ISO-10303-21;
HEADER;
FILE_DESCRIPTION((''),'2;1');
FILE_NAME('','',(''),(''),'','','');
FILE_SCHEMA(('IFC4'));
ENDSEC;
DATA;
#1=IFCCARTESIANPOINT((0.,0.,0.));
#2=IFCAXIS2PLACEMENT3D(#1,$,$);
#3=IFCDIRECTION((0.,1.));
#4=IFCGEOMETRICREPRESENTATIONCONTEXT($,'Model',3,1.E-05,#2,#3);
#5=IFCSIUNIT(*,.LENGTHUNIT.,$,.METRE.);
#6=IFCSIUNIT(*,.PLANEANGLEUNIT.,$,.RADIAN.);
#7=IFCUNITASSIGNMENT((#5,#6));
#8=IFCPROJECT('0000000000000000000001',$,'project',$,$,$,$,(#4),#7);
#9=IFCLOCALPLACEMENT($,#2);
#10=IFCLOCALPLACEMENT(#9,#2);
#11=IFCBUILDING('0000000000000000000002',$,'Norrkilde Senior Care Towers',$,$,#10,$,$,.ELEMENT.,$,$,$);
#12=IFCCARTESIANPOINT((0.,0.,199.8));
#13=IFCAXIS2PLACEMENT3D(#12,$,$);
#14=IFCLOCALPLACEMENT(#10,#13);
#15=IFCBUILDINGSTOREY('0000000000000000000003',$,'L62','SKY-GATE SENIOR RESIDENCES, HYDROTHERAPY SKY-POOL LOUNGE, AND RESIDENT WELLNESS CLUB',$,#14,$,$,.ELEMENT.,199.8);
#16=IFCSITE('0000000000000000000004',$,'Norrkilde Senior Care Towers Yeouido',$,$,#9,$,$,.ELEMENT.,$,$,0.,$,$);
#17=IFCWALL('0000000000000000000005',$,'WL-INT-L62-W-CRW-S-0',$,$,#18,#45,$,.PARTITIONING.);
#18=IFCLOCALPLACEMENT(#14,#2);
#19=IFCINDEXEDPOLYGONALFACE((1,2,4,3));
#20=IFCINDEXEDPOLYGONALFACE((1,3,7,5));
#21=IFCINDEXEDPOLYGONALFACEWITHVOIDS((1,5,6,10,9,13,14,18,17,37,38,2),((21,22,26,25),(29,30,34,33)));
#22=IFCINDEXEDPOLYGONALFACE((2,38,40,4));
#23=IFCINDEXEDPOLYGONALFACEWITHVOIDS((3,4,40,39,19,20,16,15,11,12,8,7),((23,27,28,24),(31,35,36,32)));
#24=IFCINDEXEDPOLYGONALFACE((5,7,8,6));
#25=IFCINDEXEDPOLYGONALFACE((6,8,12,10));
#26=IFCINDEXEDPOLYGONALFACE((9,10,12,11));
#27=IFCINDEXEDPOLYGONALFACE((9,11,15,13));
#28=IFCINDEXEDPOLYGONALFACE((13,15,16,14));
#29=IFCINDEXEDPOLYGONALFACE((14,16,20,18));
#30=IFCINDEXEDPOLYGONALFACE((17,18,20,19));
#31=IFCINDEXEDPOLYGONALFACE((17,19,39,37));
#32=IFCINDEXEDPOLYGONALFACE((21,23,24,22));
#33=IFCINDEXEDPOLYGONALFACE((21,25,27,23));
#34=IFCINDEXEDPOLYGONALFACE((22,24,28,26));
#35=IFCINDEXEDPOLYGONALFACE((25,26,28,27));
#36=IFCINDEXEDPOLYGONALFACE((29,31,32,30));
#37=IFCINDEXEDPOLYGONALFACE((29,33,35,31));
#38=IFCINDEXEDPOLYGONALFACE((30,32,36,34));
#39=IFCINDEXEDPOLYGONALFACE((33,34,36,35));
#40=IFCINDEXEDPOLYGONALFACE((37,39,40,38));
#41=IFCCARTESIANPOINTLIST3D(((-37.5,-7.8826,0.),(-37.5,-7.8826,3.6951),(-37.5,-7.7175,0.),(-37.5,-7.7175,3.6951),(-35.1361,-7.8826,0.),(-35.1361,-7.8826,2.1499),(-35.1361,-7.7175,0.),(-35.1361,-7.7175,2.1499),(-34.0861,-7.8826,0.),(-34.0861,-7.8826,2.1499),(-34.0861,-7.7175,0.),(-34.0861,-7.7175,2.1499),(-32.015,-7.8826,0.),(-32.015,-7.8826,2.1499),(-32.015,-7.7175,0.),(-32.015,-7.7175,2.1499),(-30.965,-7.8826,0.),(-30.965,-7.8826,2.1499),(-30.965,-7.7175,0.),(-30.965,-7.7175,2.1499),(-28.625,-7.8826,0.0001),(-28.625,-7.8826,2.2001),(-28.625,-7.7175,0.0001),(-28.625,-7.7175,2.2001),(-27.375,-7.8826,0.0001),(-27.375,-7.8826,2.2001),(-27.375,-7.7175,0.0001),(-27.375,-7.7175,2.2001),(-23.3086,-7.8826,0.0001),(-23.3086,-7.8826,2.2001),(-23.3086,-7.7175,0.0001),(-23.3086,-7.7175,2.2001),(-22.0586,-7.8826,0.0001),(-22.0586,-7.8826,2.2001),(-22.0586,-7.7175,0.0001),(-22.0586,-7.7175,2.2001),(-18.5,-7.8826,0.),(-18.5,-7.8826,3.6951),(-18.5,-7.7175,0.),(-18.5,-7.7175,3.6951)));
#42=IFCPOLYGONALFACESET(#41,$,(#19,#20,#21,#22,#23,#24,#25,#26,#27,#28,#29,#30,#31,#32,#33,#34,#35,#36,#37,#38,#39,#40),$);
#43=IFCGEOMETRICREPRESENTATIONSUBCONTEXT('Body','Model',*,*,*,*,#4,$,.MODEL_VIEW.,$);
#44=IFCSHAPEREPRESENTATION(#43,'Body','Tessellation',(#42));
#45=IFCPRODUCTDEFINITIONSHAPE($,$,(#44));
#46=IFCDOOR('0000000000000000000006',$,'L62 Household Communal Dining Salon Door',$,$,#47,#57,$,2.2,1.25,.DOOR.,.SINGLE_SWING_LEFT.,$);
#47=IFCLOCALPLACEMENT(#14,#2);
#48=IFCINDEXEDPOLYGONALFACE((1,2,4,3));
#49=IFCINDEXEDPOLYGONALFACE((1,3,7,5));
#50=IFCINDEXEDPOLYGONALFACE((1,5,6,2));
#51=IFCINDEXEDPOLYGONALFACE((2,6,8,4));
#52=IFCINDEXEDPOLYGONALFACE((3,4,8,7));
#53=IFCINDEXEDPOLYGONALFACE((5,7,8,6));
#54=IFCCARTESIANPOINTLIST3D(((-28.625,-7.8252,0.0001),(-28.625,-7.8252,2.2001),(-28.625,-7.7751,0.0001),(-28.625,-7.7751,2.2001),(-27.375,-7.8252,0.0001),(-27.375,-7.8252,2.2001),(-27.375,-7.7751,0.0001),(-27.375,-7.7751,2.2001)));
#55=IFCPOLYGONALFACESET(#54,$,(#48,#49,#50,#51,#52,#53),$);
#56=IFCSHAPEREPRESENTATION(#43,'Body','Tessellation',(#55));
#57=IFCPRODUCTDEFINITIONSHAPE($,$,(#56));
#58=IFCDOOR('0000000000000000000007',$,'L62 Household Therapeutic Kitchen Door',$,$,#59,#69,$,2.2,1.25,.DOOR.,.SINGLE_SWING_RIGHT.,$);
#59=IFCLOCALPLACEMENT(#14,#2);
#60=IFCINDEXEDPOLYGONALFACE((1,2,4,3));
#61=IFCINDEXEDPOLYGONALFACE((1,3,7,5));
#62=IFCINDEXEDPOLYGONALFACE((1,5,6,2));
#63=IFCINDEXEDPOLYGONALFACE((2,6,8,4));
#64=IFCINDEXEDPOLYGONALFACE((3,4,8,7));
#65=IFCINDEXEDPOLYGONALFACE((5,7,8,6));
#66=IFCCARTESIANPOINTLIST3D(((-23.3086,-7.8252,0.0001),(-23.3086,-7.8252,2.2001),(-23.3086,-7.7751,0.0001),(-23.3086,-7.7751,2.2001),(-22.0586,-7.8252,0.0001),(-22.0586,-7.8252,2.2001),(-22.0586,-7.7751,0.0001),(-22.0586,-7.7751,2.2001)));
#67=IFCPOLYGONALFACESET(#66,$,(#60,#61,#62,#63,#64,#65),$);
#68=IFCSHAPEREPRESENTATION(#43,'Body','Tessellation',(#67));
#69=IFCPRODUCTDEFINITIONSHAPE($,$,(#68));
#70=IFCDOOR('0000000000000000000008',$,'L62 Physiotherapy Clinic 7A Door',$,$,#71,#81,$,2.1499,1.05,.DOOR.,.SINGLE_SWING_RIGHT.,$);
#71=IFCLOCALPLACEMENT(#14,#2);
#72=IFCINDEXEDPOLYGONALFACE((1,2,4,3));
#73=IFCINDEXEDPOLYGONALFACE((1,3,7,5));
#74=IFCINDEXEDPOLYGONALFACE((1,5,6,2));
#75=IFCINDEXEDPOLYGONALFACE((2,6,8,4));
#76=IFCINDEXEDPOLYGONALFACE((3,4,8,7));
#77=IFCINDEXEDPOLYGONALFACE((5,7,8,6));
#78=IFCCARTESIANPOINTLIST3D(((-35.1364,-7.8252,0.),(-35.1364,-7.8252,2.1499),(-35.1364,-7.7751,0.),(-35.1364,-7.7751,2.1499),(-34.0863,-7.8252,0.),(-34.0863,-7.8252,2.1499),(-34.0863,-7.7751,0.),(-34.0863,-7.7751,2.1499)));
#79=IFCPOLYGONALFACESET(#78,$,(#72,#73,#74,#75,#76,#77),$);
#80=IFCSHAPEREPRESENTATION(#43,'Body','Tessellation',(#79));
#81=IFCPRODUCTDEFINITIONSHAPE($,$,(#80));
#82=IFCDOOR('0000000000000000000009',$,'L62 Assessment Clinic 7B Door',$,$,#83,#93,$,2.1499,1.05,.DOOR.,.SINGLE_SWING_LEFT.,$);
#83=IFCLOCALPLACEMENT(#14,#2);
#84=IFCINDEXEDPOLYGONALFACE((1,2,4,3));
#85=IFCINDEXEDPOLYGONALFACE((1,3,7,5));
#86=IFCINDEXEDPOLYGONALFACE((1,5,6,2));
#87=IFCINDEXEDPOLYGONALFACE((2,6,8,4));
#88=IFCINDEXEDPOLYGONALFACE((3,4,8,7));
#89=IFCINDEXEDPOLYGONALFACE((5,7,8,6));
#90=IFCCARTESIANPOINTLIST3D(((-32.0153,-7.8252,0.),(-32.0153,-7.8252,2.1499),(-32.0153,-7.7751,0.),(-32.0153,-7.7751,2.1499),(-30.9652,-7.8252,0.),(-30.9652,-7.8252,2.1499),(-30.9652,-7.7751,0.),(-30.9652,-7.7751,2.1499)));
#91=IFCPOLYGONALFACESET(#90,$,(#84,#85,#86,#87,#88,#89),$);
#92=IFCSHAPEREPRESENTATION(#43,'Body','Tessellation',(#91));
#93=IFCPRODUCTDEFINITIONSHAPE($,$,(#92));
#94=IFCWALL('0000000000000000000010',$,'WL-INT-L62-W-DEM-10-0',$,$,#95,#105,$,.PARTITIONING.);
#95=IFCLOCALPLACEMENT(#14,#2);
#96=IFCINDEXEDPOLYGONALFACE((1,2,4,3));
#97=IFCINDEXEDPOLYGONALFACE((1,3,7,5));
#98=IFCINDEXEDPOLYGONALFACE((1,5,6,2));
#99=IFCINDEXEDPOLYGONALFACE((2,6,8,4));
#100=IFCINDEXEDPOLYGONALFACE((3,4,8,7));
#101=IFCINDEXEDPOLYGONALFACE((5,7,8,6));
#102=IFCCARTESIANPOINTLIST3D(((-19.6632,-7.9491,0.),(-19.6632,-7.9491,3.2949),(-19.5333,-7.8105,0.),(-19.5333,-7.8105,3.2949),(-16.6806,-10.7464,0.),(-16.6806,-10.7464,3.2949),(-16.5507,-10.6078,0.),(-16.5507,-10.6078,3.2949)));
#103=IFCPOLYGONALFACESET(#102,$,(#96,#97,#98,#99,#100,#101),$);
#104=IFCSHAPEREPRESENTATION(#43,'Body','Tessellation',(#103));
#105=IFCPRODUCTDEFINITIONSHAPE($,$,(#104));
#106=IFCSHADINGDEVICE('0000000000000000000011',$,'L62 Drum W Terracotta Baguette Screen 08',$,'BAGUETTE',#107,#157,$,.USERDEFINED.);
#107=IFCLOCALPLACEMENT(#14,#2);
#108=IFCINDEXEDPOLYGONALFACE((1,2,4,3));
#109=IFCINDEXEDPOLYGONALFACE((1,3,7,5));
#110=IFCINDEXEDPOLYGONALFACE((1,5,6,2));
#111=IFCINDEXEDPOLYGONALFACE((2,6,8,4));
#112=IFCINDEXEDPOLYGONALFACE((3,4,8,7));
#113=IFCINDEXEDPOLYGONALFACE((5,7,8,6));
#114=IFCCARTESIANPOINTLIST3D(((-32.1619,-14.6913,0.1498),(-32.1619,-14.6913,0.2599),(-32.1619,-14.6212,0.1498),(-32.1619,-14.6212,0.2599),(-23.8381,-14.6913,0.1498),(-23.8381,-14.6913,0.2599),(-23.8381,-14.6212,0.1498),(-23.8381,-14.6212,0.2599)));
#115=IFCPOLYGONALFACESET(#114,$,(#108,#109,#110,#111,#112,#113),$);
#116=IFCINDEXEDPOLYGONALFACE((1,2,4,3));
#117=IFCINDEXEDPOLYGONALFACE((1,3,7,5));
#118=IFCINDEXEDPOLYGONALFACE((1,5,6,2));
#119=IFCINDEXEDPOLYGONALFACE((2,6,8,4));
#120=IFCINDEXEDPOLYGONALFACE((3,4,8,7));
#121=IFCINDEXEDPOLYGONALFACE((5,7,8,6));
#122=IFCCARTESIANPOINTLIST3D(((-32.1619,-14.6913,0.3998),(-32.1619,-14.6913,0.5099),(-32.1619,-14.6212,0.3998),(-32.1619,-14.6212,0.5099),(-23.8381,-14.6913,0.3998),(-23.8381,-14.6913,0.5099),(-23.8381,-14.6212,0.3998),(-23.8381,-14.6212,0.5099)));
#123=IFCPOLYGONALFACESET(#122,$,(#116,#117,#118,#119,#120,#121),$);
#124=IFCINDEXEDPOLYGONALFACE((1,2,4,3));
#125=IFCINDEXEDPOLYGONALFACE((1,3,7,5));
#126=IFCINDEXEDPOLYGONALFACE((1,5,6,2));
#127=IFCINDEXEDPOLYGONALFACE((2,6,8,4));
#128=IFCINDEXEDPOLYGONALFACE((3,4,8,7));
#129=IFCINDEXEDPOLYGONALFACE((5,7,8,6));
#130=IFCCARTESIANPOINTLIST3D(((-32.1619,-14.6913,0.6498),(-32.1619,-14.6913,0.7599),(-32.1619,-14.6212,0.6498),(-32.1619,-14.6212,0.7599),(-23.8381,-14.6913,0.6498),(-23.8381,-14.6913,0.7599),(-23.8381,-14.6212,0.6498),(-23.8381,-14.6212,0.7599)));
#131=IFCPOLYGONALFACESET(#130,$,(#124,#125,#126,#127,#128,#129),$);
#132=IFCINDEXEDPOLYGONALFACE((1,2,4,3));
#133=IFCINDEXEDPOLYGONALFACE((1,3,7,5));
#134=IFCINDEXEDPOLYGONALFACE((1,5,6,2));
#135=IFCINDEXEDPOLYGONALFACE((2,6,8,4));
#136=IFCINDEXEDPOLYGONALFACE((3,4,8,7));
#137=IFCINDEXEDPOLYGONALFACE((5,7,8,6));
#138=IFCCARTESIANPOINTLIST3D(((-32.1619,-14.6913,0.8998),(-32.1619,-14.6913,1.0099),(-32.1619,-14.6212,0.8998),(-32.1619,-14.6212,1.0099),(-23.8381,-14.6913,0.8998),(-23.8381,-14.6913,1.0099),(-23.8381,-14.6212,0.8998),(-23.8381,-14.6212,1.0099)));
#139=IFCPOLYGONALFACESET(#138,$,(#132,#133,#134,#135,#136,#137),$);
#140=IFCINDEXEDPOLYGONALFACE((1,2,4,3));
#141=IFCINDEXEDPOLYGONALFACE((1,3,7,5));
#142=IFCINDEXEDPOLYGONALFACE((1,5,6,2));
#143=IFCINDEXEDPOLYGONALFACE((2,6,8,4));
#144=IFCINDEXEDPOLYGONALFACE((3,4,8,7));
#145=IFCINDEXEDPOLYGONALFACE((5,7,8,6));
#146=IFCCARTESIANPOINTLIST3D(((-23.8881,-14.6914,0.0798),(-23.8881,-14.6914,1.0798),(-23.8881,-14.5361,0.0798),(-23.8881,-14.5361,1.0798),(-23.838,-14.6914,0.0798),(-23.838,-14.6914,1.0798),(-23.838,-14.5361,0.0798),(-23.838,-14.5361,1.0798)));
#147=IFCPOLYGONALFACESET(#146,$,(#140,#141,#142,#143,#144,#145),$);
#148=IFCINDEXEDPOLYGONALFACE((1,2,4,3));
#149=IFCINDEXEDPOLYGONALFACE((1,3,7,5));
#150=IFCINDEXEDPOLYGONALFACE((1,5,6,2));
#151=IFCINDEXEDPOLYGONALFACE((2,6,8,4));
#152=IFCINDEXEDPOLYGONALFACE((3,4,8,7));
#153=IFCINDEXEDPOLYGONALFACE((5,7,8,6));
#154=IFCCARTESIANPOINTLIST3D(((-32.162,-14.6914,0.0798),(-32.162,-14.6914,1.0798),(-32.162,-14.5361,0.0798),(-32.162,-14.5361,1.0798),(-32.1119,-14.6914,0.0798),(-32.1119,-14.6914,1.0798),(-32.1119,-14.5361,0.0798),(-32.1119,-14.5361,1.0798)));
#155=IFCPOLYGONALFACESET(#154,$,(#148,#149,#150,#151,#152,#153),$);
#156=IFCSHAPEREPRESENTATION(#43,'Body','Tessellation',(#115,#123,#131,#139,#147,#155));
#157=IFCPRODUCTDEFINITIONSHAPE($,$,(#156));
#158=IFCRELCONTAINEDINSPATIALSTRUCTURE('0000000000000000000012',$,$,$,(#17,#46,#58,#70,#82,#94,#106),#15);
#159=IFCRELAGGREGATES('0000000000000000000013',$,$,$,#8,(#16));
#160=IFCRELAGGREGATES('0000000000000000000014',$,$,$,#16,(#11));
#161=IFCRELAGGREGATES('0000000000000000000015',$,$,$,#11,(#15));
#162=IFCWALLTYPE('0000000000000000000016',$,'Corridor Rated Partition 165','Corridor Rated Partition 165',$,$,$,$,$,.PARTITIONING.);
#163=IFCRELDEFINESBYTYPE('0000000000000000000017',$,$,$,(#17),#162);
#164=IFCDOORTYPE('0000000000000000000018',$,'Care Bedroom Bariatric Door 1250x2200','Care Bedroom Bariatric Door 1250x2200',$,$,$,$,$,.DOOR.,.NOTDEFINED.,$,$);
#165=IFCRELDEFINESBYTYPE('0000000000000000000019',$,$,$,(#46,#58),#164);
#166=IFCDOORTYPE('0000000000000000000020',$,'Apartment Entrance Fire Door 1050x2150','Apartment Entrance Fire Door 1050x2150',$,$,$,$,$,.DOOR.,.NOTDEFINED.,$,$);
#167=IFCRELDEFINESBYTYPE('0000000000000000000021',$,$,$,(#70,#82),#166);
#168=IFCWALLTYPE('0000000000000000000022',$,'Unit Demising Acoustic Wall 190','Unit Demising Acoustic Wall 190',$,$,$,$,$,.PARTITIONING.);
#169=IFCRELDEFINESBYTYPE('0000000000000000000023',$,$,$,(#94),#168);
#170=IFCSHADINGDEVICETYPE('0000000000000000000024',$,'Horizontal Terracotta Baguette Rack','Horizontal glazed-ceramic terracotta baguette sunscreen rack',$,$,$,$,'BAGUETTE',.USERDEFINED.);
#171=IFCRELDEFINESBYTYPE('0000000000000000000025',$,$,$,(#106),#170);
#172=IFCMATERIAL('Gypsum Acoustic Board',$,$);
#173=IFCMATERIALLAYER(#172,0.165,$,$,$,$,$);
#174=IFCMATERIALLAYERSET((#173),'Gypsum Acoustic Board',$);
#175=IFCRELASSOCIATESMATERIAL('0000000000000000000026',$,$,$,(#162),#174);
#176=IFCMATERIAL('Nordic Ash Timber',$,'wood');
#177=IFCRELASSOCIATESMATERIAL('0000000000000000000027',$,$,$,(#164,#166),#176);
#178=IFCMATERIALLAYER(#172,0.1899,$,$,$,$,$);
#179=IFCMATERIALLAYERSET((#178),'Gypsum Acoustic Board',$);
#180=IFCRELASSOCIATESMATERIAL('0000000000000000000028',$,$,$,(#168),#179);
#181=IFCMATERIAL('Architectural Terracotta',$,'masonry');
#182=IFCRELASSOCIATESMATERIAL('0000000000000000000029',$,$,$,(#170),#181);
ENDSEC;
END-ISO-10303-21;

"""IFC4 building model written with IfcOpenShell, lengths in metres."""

from ifc_helpers import new_model, si_unit, direction, frame, frame_2d, origin, origin_2d, place, context, subcontext, project, spatial, rectangle, extrude, source, transform, mapped, material, layer, layer_set, type_object, type_shapes, element, fill, save


model = new_model("IFC4")

# Units and contexts
model_context = context("Model", 3, precision=1e-05, world=origin(), true_north=direction((0.0, 1.0)))
body_context = subcontext(model_context, "Body", "Model", "MODEL_VIEW")
ifc_project = project(units=[si_unit("LENGTHUNIT", "METRE"), si_unit("PLANEANGLEUNIT", "RADIAN")], contexts=[model_context])

# Site, building, storey
site_placement = place(None, origin())
site = spatial("IfcSite", under=ifc_project, at=site_placement, Name="Norrkilde Senior Care Towers Yeouido", CompositionType="ELEMENT", RefElevation=0.0)
building_placement = place(site_placement, origin())
building = spatial("IfcBuilding", under=site, at=building_placement, Name="Norrkilde Senior Care Towers", CompositionType="ELEMENT")
storey_placement = place(building_placement, frame((0.0, 0.0, 199.8)))
storey = spatial("IfcBuildingStorey", under=building, at=storey_placement, Name="L62", Description="SKY-GATE SENIOR RESIDENCES, HYDROTHERAPY SKY-POOL LOUNGE, AND RESIDENT WELLNESS CLUB", CompositionType="ELEMENT", Elevation=199.8)

# Shared definitions
ifc_material_1 = material(Name="Gypsum Acoustic Board")
ifc_layer_1 = layer(ifc_material_1, 0.165)
ifc_layer_set_1 = layer_set([ifc_layer_1], Name="Gypsum Acoustic Board")
wall_type_1 = type_object("IfcWallType", Name="Corridor Rated Partition 165", Description="Corridor Rated Partition 165", PredefinedType="PARTITIONING", material=ifc_layer_set_1)

# Wall, openings, doors
shared_shape_1 = source(origin(), body_context, "Body", "SweptSolid", [
    extrude(rectangle(XDim=19.0, YDim=0.165, at=frame_2d((9.5, 0.0))), origin(), (0.0, 0.0, 1.0), 3.6951),
])
wall_1_placement = place(storey_placement, frame((-18.5, -7.8, 0.0), z_axis=(0.0, 0.0, 1.0), x_axis=(-1.0, 0.0, 0.0)))
wall_1 = element("IfcWall", 1, at=wall_1_placement, inside=storey, type_object=wall_type_1, Name="WL-INT-L62-W-CRW-S-0", PredefinedType="PARTITIONING", context=body_context, shape_type="MappedRepresentation", body=[
    mapped(shared_shape_1, transform((0.0, 0.0, 0.0), x_axis=(1.0, 0.0, 0.0), y_axis=(0.0, 1.0, 0.0), z_axis=(0.0, 0.0, 1.0), scale=1.0)),
])
opening_1_placement = place(wall_1_placement, frame((15.5862, 0.0, 0.0)))
opening_1 = element("IfcOpeningElement", 2, at=opening_1_placement, cuts=wall_1, PredefinedType="OPENING", context=body_context, shape_type="SweptSolid", body=[
    extrude(rectangle(XDim=1.05, YDim=2.1499, at=frame_2d((0.5249, 1.075))), frame((0.0, 0.0925, 0.0), z_axis=(0.0, -1.0, 0.0), x_axis=(1.0, 0.0, 0.0)), (0.0, 0.0, 1.0), 0.1851),
])
opening_2_placement = place(wall_1_placement, frame((12.4651, 0.0, 0.0)))
opening_2 = element("IfcOpeningElement", 3, at=opening_2_placement, cuts=wall_1, PredefinedType="OPENING", context=body_context, shape_type="SweptSolid", body=[
    extrude(rectangle(XDim=1.05, YDim=2.1499, at=frame_2d((0.5249, 1.075))), frame((0.0, 0.0925, 0.0), z_axis=(0.0, -1.0, 0.0), x_axis=(1.0, 0.0, 0.0)), (0.0, 0.0, 1.0), 0.1851),
])
opening_3_placement = place(wall_1_placement, frame((8.875, 0.0, 0.0)))
opening_3 = element("IfcOpeningElement", 4, at=opening_3_placement, cuts=wall_1, PredefinedType="OPENING", context=body_context, shape_type="SweptSolid", body=[
    extrude(rectangle(XDim=1.25, YDim=2.2, at=frame_2d((0.625, 1.1001))), frame((0.0, 0.0925, 0.0), z_axis=(0.0, -1.0, 0.0), x_axis=(1.0, 0.0, 0.0)), (0.0, 0.0, 1.0), 0.1851),
])
opening_4_placement = place(wall_1_placement, frame((3.5586, 0.0, 0.0)))
opening_4 = element("IfcOpeningElement", 5, at=opening_4_placement, cuts=wall_1, PredefinedType="OPENING", context=body_context, shape_type="SweptSolid", body=[
    extrude(rectangle(XDim=1.25, YDim=2.2, at=frame_2d((0.625, 1.1001))), frame((0.0, 0.0925, 0.0), z_axis=(0.0, -1.0, 0.0), x_axis=(1.0, 0.0, 0.0)), (0.0, 0.0, 1.0), 0.1851),
])
ifc_material_2 = material(Name="Nordic Ash Timber", Category="wood")
door_type_1 = type_object("IfcDoorType", Name="Care Bedroom Bariatric Door 1250x2200", Description="Care Bedroom Bariatric Door 1250x2200", OperationType="NOTDEFINED", PredefinedType="DOOR", material=ifc_material_2)
shared_shape_2 = source(origin(), body_context, "Body", "SweptSolid", [
    extrude(rectangle(XDim=1.25, YDim=2.2, at=frame_2d((0.625, 1.1001))), frame((0.0, 0.0249, 0.0), z_axis=(0.0, -1.0, 0.0), x_axis=(1.0, 0.0, 0.0)), (0.0, 0.0, 1.0), 0.05),
])
type_shapes(door_type_1, [shared_shape_2])
door_1_placement = place(opening_3_placement, frame((1.25, 0.0, 0.0), z_axis=(0.0, 0.0, 1.0), x_axis=(-1.0, 0.0, 0.0)))
door_1 = element("IfcDoor", 6, at=door_1_placement, inside=storey, type_object=door_type_1, Name="L62 Household Communal Dining Salon Door", OperationType="SINGLE_SWING_LEFT", OverallHeight=2.2, OverallWidth=1.25, PredefinedType="DOOR", context=body_context, shape_type="MappedRepresentation", body=[
    mapped(shared_shape_2, transform((0.0, 0.0, 0.0), x_axis=(1.0, 0.0, 0.0), y_axis=(0.0, 1.0, 0.0), z_axis=(0.0, 0.0, 1.0), scale=1.0)),
])
fill(opening_3, door_1)
door_2_placement = place(opening_4_placement, frame((1.25, 0.0, 0.0), z_axis=(0.0, 0.0, 1.0), x_axis=(-1.0, 0.0, 0.0)))
door_2 = element("IfcDoor", 7, at=door_2_placement, inside=storey, type_object=door_type_1, Name="L62 Household Therapeutic Kitchen Door", OperationType="SINGLE_SWING_RIGHT", OverallHeight=2.2, OverallWidth=1.25, PredefinedType="DOOR", context=body_context, shape_type="MappedRepresentation", body=[
    mapped(shared_shape_2, transform((0.0, 0.0, 0.0), x_axis=(1.0, 0.0, 0.0), y_axis=(0.0, 1.0, 0.0), z_axis=(0.0, 0.0, 1.0), scale=1.0)),
])
fill(opening_4, door_2)
door_type_2 = type_object("IfcDoorType", Name="Apartment Entrance Fire Door 1050x2150", Description="Apartment Entrance Fire Door 1050x2150", OperationType="NOTDEFINED", PredefinedType="DOOR", material=ifc_material_2)
shared_shape_3 = source(origin(), body_context, "Body", "SweptSolid", [
    extrude(rectangle(XDim=1.05, YDim=2.1499, at=frame_2d((0.5249, 1.075))), frame((0.0, 0.0249, 0.0), z_axis=(0.0, -1.0, 0.0), x_axis=(1.0, 0.0, 0.0)), (0.0, 0.0, 1.0), 0.05),
])
type_shapes(door_type_2, [shared_shape_3])
door_3_placement = place(opening_1_placement, frame((1.05, 0.0, 0.0), z_axis=(0.0, 0.0, 1.0), x_axis=(-1.0, 0.0, 0.0)))
door_3 = element("IfcDoor", 8, at=door_3_placement, inside=storey, type_object=door_type_2, Name="L62 Physiotherapy Clinic 7A Door", OperationType="SINGLE_SWING_RIGHT", OverallHeight=2.1499, OverallWidth=1.05, PredefinedType="DOOR", context=body_context, shape_type="MappedRepresentation", body=[
    mapped(shared_shape_3, transform((0.0, 0.0, 0.0), x_axis=(1.0, 0.0, 0.0), y_axis=(0.0, 1.0, 0.0), z_axis=(0.0, 0.0, 1.0), scale=1.0)),
])
fill(opening_1, door_3)
door_4_placement = place(opening_2_placement, frame((1.05, 0.0, 0.0), z_axis=(0.0, 0.0, 1.0), x_axis=(-1.0, 0.0, 0.0)))
door_4 = element("IfcDoor", 9, at=door_4_placement, inside=storey, type_object=door_type_2, Name="L62 Assessment Clinic 7B Door", OperationType="SINGLE_SWING_LEFT", OverallHeight=2.1499, OverallWidth=1.05, PredefinedType="DOOR", context=body_context, shape_type="MappedRepresentation", body=[
    mapped(shared_shape_3, transform((0.0, 0.0, 0.0), x_axis=(1.0, 0.0, 0.0), y_axis=(0.0, 1.0, 0.0), z_axis=(0.0, 0.0, 1.0), scale=1.0)),
])
fill(opening_2, door_4)

# Wall
ifc_layer_2 = layer(ifc_material_1, 0.1899)
ifc_layer_set_2 = layer_set([ifc_layer_2], Name="Gypsum Acoustic Board")
wall_type_2 = type_object("IfcWallType", Name="Unit Demising Acoustic Wall 190", Description="Unit Demising Acoustic Wall 190", PredefinedType="PARTITIONING", material=ifc_layer_set_2)
shared_shape_4 = source(origin(), body_context, "Body", "SweptSolid", [
    extrude(rectangle(XDim=4.0891, YDim=0.1899, at=frame_2d((2.0444, 0.0))), origin(), (0.0, 0.0, 1.0), 3.2949),
])
type_shapes(wall_type_2, [shared_shape_4])
wall_2_placement = place(storey_placement, frame((-19.5981, -7.8799, 0.0), z_axis=(0.0, 0.0, 1.0), x_axis=(0.729401, -0.684086, 0.0)))
element("IfcWall", 10, at=wall_2_placement, inside=storey, type_object=wall_type_2, Name="WL-INT-L62-W-DEM-10-0", PredefinedType="PARTITIONING", context=body_context, shape_type="MappedRepresentation", body=[
    mapped(shared_shape_4, transform((0.0, 0.0, 0.0), x_axis=(1.0, 0.0, 0.0), y_axis=(0.0, 1.0, 0.0), z_axis=(0.0, 0.0, 1.0), scale=1.0)),
])

# Shading device
ifc_material_3 = material(Name="Architectural Terracotta", Category="masonry")
shading_device_type = type_object("IfcShadingDeviceType", Name="Horizontal Terracotta Baguette Rack", Description="Horizontal glazed-ceramic terracotta baguette sunscreen rack", ElementType="BAGUETTE", PredefinedType="USERDEFINED", material=ifc_material_3)
shared_shape_5 = source(origin(), body_context, "Body", "SweptSolid", [
    extrude(rectangle(XDim=0.0701, YDim=0.1101, at=origin_2d()), frame((0.0, 0.0901, 0.125), z_axis=(1.0, 0.0, 0.0), x_axis=(0.0, 1.0, 0.0)), (0.0, 0.0, 1.0), 8.3237),
    extrude(rectangle(XDim=0.0701, YDim=0.1101, at=origin_2d()), frame((0.0, 0.0901, 0.375), z_axis=(1.0, 0.0, 0.0), x_axis=(0.0, 1.0, 0.0)), (0.0, 0.0, 1.0), 8.3237),
    extrude(rectangle(XDim=0.0701, YDim=0.1101, at=origin_2d()), frame((0.0, 0.0901, 0.625), z_axis=(1.0, 0.0, 0.0), x_axis=(0.0, 1.0, 0.0)), (0.0, 0.0, 1.0), 8.3237),
    extrude(rectangle(XDim=0.0701, YDim=0.1101, at=origin_2d()), frame((0.0, 0.0901, 0.875), z_axis=(1.0, 0.0, 0.0), x_axis=(0.0, 1.0, 0.0)), (0.0, 0.0, 1.0), 8.3237),
    extrude(rectangle(XDim=0.05, YDim=0.1553, at=origin_2d()), frame((0.0249, 0.0476, 0.0)), (0.0, 0.0, 1.0), 1.0),
    extrude(rectangle(XDim=0.05, YDim=0.1553, at=origin_2d()), frame((8.2988, 0.0476, 0.0)), (0.0, 0.0, 1.0), 1.0),
])
type_shapes(shading_device_type, [shared_shape_5])
shading_device_placement = place(storey_placement, frame((-23.8381, -14.5662, 0.0798), z_axis=(0.0, 0.0, 1.0), x_axis=(-1.0, 0.0, 0.0)))
element("IfcShadingDevice", 11, at=shading_device_placement, inside=storey, type_object=shading_device_type, Name="L62 Drum W Terracotta Baguette Screen 08", ObjectType="BAGUETTE", PredefinedType="USERDEFINED", context=body_context, shape_type="MappedRepresentation", body=[
    mapped(shared_shape_5, transform((0.0, 0.0, 0.0), x_axis=(1.0, 0.0, 0.0), y_axis=(0.0, 1.0, 0.0), z_axis=(0.0, 0.0, 1.0), scale=1.0)),
])

save(model, "model.ifc")
